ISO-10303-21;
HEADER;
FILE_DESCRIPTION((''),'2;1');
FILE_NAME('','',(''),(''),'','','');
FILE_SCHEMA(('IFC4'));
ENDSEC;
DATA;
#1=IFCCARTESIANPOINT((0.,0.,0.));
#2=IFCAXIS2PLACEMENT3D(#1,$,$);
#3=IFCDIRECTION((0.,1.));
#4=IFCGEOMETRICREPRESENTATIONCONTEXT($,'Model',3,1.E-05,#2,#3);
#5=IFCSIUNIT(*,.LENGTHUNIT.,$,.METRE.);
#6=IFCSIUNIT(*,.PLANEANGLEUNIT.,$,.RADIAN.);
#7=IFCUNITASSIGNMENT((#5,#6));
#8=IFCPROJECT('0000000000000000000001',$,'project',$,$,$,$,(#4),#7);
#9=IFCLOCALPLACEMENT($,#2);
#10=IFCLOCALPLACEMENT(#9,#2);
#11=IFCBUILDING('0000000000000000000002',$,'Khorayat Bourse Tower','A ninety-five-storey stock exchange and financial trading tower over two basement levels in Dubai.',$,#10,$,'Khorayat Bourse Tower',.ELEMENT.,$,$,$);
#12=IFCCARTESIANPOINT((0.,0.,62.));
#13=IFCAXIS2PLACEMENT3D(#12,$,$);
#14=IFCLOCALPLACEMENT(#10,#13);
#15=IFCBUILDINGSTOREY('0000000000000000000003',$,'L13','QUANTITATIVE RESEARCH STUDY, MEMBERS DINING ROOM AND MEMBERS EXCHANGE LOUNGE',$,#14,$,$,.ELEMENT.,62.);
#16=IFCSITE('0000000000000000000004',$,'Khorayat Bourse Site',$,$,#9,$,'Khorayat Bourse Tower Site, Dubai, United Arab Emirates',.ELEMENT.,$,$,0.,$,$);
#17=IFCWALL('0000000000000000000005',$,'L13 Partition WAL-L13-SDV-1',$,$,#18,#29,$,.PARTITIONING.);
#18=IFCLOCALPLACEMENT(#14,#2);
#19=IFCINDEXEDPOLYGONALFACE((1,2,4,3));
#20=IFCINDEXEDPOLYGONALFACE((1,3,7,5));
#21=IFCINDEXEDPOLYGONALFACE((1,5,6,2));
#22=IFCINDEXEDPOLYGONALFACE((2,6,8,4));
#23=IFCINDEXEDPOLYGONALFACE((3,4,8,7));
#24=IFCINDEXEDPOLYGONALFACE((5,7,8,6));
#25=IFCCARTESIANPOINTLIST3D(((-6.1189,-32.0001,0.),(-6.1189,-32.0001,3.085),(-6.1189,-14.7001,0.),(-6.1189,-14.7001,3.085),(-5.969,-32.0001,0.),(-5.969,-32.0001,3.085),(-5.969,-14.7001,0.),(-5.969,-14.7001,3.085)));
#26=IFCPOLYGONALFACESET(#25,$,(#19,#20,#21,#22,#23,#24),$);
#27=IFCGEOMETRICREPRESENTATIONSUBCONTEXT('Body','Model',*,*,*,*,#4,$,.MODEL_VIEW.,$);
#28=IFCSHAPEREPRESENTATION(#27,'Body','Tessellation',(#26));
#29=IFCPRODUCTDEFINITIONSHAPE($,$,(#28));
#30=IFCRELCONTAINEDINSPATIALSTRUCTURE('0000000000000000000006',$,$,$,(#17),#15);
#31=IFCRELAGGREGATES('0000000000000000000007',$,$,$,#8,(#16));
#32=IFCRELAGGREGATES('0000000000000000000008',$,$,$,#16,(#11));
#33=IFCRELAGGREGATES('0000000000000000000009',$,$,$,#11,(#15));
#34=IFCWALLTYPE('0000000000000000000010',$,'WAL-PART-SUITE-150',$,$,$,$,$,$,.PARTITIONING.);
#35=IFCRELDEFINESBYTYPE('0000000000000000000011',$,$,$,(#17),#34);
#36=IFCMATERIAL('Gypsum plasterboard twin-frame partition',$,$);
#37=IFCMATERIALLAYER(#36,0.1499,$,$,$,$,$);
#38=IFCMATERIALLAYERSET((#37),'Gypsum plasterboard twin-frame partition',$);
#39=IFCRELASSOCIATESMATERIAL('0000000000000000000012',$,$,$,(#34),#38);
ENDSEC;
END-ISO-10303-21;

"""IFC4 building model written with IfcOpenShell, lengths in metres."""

from ifc_helpers import new_model, si_unit, direction, frame, frame_2d, origin, place, context, subcontext, project, spatial, rectangle, extrude, source, transform, mapped, material, layer, layer_set, type_object, element, save


model = new_model("IFC4")

# Units and contexts
model_context = context("Model", 3, precision=1e-05, world=origin(), true_north=direction((0.0, 1.0)))
body_context = subcontext(model_context, "Body", "Model", "MODEL_VIEW")
ifc_project = project(units=[si_unit("LENGTHUNIT", "METRE"), si_unit("PLANEANGLEUNIT", "RADIAN")], contexts=[model_context])

# Site, building, storey
site_placement = place(None, origin())
site = spatial("IfcSite", under=ifc_project, at=site_placement, Name="Khorayat Bourse Site", LongName="Khorayat Bourse Tower Site, Dubai, United Arab Emirates", CompositionType="ELEMENT", RefElevation=0.0)
building_placement = place(site_placement, origin())
building = spatial("IfcBuilding", under=site, at=building_placement, Name="Khorayat Bourse Tower", Description="A ninety-five-storey stock exchange and financial trading tower over two basement levels in Dubai.", LongName="Khorayat Bourse Tower", CompositionType="ELEMENT")
storey_placement = place(building_placement, frame((0.0, 0.0, 62.0)))
storey = spatial("IfcBuildingStorey", under=building, at=storey_placement, Name="L13", Description="QUANTITATIVE RESEARCH STUDY, MEMBERS DINING ROOM AND MEMBERS EXCHANGE LOUNGE", CompositionType="ELEMENT", Elevation=62.0)

# Shared definitions
ifc_material_1 = material(Name="Gypsum plasterboard twin-frame partition")
ifc_layer_1 = layer(ifc_material_1, 0.1499)
ifc_layer_set_1 = layer_set([ifc_layer_1], Name="Gypsum plasterboard twin-frame partition")
wall_type_1 = type_object("IfcWallType", Name="WAL-PART-SUITE-150", PredefinedType="PARTITIONING", material=ifc_layer_set_1)

# Wall
shared_shape_1 = source(origin(), body_context, "Body", "SweptSolid", [
    extrude(rectangle(XDim=17.3, YDim=0.1499, at=frame_2d((8.6499, 0.0))), origin(), (0.0, 0.0, 1.0), 3.085),
])
wall_1_placement = place(storey_placement, frame((-6.0439, -32.0, 0.0), z_axis=(0.0, 0.0, 1.0), x_axis=(0.0, 1.0, 0.0)))
element("IfcWall", 1, at=wall_1_placement, inside=storey, type_object=wall_type_1, Name="L13 Partition WAL-L13-SDV-1", PredefinedType="PARTITIONING", context=body_context, shape_type="MappedRepresentation", body=[
    mapped(shared_shape_1, transform((0.0, 0.0, 0.0), scale=1.0)),
])

save(model, "model.ifc")
